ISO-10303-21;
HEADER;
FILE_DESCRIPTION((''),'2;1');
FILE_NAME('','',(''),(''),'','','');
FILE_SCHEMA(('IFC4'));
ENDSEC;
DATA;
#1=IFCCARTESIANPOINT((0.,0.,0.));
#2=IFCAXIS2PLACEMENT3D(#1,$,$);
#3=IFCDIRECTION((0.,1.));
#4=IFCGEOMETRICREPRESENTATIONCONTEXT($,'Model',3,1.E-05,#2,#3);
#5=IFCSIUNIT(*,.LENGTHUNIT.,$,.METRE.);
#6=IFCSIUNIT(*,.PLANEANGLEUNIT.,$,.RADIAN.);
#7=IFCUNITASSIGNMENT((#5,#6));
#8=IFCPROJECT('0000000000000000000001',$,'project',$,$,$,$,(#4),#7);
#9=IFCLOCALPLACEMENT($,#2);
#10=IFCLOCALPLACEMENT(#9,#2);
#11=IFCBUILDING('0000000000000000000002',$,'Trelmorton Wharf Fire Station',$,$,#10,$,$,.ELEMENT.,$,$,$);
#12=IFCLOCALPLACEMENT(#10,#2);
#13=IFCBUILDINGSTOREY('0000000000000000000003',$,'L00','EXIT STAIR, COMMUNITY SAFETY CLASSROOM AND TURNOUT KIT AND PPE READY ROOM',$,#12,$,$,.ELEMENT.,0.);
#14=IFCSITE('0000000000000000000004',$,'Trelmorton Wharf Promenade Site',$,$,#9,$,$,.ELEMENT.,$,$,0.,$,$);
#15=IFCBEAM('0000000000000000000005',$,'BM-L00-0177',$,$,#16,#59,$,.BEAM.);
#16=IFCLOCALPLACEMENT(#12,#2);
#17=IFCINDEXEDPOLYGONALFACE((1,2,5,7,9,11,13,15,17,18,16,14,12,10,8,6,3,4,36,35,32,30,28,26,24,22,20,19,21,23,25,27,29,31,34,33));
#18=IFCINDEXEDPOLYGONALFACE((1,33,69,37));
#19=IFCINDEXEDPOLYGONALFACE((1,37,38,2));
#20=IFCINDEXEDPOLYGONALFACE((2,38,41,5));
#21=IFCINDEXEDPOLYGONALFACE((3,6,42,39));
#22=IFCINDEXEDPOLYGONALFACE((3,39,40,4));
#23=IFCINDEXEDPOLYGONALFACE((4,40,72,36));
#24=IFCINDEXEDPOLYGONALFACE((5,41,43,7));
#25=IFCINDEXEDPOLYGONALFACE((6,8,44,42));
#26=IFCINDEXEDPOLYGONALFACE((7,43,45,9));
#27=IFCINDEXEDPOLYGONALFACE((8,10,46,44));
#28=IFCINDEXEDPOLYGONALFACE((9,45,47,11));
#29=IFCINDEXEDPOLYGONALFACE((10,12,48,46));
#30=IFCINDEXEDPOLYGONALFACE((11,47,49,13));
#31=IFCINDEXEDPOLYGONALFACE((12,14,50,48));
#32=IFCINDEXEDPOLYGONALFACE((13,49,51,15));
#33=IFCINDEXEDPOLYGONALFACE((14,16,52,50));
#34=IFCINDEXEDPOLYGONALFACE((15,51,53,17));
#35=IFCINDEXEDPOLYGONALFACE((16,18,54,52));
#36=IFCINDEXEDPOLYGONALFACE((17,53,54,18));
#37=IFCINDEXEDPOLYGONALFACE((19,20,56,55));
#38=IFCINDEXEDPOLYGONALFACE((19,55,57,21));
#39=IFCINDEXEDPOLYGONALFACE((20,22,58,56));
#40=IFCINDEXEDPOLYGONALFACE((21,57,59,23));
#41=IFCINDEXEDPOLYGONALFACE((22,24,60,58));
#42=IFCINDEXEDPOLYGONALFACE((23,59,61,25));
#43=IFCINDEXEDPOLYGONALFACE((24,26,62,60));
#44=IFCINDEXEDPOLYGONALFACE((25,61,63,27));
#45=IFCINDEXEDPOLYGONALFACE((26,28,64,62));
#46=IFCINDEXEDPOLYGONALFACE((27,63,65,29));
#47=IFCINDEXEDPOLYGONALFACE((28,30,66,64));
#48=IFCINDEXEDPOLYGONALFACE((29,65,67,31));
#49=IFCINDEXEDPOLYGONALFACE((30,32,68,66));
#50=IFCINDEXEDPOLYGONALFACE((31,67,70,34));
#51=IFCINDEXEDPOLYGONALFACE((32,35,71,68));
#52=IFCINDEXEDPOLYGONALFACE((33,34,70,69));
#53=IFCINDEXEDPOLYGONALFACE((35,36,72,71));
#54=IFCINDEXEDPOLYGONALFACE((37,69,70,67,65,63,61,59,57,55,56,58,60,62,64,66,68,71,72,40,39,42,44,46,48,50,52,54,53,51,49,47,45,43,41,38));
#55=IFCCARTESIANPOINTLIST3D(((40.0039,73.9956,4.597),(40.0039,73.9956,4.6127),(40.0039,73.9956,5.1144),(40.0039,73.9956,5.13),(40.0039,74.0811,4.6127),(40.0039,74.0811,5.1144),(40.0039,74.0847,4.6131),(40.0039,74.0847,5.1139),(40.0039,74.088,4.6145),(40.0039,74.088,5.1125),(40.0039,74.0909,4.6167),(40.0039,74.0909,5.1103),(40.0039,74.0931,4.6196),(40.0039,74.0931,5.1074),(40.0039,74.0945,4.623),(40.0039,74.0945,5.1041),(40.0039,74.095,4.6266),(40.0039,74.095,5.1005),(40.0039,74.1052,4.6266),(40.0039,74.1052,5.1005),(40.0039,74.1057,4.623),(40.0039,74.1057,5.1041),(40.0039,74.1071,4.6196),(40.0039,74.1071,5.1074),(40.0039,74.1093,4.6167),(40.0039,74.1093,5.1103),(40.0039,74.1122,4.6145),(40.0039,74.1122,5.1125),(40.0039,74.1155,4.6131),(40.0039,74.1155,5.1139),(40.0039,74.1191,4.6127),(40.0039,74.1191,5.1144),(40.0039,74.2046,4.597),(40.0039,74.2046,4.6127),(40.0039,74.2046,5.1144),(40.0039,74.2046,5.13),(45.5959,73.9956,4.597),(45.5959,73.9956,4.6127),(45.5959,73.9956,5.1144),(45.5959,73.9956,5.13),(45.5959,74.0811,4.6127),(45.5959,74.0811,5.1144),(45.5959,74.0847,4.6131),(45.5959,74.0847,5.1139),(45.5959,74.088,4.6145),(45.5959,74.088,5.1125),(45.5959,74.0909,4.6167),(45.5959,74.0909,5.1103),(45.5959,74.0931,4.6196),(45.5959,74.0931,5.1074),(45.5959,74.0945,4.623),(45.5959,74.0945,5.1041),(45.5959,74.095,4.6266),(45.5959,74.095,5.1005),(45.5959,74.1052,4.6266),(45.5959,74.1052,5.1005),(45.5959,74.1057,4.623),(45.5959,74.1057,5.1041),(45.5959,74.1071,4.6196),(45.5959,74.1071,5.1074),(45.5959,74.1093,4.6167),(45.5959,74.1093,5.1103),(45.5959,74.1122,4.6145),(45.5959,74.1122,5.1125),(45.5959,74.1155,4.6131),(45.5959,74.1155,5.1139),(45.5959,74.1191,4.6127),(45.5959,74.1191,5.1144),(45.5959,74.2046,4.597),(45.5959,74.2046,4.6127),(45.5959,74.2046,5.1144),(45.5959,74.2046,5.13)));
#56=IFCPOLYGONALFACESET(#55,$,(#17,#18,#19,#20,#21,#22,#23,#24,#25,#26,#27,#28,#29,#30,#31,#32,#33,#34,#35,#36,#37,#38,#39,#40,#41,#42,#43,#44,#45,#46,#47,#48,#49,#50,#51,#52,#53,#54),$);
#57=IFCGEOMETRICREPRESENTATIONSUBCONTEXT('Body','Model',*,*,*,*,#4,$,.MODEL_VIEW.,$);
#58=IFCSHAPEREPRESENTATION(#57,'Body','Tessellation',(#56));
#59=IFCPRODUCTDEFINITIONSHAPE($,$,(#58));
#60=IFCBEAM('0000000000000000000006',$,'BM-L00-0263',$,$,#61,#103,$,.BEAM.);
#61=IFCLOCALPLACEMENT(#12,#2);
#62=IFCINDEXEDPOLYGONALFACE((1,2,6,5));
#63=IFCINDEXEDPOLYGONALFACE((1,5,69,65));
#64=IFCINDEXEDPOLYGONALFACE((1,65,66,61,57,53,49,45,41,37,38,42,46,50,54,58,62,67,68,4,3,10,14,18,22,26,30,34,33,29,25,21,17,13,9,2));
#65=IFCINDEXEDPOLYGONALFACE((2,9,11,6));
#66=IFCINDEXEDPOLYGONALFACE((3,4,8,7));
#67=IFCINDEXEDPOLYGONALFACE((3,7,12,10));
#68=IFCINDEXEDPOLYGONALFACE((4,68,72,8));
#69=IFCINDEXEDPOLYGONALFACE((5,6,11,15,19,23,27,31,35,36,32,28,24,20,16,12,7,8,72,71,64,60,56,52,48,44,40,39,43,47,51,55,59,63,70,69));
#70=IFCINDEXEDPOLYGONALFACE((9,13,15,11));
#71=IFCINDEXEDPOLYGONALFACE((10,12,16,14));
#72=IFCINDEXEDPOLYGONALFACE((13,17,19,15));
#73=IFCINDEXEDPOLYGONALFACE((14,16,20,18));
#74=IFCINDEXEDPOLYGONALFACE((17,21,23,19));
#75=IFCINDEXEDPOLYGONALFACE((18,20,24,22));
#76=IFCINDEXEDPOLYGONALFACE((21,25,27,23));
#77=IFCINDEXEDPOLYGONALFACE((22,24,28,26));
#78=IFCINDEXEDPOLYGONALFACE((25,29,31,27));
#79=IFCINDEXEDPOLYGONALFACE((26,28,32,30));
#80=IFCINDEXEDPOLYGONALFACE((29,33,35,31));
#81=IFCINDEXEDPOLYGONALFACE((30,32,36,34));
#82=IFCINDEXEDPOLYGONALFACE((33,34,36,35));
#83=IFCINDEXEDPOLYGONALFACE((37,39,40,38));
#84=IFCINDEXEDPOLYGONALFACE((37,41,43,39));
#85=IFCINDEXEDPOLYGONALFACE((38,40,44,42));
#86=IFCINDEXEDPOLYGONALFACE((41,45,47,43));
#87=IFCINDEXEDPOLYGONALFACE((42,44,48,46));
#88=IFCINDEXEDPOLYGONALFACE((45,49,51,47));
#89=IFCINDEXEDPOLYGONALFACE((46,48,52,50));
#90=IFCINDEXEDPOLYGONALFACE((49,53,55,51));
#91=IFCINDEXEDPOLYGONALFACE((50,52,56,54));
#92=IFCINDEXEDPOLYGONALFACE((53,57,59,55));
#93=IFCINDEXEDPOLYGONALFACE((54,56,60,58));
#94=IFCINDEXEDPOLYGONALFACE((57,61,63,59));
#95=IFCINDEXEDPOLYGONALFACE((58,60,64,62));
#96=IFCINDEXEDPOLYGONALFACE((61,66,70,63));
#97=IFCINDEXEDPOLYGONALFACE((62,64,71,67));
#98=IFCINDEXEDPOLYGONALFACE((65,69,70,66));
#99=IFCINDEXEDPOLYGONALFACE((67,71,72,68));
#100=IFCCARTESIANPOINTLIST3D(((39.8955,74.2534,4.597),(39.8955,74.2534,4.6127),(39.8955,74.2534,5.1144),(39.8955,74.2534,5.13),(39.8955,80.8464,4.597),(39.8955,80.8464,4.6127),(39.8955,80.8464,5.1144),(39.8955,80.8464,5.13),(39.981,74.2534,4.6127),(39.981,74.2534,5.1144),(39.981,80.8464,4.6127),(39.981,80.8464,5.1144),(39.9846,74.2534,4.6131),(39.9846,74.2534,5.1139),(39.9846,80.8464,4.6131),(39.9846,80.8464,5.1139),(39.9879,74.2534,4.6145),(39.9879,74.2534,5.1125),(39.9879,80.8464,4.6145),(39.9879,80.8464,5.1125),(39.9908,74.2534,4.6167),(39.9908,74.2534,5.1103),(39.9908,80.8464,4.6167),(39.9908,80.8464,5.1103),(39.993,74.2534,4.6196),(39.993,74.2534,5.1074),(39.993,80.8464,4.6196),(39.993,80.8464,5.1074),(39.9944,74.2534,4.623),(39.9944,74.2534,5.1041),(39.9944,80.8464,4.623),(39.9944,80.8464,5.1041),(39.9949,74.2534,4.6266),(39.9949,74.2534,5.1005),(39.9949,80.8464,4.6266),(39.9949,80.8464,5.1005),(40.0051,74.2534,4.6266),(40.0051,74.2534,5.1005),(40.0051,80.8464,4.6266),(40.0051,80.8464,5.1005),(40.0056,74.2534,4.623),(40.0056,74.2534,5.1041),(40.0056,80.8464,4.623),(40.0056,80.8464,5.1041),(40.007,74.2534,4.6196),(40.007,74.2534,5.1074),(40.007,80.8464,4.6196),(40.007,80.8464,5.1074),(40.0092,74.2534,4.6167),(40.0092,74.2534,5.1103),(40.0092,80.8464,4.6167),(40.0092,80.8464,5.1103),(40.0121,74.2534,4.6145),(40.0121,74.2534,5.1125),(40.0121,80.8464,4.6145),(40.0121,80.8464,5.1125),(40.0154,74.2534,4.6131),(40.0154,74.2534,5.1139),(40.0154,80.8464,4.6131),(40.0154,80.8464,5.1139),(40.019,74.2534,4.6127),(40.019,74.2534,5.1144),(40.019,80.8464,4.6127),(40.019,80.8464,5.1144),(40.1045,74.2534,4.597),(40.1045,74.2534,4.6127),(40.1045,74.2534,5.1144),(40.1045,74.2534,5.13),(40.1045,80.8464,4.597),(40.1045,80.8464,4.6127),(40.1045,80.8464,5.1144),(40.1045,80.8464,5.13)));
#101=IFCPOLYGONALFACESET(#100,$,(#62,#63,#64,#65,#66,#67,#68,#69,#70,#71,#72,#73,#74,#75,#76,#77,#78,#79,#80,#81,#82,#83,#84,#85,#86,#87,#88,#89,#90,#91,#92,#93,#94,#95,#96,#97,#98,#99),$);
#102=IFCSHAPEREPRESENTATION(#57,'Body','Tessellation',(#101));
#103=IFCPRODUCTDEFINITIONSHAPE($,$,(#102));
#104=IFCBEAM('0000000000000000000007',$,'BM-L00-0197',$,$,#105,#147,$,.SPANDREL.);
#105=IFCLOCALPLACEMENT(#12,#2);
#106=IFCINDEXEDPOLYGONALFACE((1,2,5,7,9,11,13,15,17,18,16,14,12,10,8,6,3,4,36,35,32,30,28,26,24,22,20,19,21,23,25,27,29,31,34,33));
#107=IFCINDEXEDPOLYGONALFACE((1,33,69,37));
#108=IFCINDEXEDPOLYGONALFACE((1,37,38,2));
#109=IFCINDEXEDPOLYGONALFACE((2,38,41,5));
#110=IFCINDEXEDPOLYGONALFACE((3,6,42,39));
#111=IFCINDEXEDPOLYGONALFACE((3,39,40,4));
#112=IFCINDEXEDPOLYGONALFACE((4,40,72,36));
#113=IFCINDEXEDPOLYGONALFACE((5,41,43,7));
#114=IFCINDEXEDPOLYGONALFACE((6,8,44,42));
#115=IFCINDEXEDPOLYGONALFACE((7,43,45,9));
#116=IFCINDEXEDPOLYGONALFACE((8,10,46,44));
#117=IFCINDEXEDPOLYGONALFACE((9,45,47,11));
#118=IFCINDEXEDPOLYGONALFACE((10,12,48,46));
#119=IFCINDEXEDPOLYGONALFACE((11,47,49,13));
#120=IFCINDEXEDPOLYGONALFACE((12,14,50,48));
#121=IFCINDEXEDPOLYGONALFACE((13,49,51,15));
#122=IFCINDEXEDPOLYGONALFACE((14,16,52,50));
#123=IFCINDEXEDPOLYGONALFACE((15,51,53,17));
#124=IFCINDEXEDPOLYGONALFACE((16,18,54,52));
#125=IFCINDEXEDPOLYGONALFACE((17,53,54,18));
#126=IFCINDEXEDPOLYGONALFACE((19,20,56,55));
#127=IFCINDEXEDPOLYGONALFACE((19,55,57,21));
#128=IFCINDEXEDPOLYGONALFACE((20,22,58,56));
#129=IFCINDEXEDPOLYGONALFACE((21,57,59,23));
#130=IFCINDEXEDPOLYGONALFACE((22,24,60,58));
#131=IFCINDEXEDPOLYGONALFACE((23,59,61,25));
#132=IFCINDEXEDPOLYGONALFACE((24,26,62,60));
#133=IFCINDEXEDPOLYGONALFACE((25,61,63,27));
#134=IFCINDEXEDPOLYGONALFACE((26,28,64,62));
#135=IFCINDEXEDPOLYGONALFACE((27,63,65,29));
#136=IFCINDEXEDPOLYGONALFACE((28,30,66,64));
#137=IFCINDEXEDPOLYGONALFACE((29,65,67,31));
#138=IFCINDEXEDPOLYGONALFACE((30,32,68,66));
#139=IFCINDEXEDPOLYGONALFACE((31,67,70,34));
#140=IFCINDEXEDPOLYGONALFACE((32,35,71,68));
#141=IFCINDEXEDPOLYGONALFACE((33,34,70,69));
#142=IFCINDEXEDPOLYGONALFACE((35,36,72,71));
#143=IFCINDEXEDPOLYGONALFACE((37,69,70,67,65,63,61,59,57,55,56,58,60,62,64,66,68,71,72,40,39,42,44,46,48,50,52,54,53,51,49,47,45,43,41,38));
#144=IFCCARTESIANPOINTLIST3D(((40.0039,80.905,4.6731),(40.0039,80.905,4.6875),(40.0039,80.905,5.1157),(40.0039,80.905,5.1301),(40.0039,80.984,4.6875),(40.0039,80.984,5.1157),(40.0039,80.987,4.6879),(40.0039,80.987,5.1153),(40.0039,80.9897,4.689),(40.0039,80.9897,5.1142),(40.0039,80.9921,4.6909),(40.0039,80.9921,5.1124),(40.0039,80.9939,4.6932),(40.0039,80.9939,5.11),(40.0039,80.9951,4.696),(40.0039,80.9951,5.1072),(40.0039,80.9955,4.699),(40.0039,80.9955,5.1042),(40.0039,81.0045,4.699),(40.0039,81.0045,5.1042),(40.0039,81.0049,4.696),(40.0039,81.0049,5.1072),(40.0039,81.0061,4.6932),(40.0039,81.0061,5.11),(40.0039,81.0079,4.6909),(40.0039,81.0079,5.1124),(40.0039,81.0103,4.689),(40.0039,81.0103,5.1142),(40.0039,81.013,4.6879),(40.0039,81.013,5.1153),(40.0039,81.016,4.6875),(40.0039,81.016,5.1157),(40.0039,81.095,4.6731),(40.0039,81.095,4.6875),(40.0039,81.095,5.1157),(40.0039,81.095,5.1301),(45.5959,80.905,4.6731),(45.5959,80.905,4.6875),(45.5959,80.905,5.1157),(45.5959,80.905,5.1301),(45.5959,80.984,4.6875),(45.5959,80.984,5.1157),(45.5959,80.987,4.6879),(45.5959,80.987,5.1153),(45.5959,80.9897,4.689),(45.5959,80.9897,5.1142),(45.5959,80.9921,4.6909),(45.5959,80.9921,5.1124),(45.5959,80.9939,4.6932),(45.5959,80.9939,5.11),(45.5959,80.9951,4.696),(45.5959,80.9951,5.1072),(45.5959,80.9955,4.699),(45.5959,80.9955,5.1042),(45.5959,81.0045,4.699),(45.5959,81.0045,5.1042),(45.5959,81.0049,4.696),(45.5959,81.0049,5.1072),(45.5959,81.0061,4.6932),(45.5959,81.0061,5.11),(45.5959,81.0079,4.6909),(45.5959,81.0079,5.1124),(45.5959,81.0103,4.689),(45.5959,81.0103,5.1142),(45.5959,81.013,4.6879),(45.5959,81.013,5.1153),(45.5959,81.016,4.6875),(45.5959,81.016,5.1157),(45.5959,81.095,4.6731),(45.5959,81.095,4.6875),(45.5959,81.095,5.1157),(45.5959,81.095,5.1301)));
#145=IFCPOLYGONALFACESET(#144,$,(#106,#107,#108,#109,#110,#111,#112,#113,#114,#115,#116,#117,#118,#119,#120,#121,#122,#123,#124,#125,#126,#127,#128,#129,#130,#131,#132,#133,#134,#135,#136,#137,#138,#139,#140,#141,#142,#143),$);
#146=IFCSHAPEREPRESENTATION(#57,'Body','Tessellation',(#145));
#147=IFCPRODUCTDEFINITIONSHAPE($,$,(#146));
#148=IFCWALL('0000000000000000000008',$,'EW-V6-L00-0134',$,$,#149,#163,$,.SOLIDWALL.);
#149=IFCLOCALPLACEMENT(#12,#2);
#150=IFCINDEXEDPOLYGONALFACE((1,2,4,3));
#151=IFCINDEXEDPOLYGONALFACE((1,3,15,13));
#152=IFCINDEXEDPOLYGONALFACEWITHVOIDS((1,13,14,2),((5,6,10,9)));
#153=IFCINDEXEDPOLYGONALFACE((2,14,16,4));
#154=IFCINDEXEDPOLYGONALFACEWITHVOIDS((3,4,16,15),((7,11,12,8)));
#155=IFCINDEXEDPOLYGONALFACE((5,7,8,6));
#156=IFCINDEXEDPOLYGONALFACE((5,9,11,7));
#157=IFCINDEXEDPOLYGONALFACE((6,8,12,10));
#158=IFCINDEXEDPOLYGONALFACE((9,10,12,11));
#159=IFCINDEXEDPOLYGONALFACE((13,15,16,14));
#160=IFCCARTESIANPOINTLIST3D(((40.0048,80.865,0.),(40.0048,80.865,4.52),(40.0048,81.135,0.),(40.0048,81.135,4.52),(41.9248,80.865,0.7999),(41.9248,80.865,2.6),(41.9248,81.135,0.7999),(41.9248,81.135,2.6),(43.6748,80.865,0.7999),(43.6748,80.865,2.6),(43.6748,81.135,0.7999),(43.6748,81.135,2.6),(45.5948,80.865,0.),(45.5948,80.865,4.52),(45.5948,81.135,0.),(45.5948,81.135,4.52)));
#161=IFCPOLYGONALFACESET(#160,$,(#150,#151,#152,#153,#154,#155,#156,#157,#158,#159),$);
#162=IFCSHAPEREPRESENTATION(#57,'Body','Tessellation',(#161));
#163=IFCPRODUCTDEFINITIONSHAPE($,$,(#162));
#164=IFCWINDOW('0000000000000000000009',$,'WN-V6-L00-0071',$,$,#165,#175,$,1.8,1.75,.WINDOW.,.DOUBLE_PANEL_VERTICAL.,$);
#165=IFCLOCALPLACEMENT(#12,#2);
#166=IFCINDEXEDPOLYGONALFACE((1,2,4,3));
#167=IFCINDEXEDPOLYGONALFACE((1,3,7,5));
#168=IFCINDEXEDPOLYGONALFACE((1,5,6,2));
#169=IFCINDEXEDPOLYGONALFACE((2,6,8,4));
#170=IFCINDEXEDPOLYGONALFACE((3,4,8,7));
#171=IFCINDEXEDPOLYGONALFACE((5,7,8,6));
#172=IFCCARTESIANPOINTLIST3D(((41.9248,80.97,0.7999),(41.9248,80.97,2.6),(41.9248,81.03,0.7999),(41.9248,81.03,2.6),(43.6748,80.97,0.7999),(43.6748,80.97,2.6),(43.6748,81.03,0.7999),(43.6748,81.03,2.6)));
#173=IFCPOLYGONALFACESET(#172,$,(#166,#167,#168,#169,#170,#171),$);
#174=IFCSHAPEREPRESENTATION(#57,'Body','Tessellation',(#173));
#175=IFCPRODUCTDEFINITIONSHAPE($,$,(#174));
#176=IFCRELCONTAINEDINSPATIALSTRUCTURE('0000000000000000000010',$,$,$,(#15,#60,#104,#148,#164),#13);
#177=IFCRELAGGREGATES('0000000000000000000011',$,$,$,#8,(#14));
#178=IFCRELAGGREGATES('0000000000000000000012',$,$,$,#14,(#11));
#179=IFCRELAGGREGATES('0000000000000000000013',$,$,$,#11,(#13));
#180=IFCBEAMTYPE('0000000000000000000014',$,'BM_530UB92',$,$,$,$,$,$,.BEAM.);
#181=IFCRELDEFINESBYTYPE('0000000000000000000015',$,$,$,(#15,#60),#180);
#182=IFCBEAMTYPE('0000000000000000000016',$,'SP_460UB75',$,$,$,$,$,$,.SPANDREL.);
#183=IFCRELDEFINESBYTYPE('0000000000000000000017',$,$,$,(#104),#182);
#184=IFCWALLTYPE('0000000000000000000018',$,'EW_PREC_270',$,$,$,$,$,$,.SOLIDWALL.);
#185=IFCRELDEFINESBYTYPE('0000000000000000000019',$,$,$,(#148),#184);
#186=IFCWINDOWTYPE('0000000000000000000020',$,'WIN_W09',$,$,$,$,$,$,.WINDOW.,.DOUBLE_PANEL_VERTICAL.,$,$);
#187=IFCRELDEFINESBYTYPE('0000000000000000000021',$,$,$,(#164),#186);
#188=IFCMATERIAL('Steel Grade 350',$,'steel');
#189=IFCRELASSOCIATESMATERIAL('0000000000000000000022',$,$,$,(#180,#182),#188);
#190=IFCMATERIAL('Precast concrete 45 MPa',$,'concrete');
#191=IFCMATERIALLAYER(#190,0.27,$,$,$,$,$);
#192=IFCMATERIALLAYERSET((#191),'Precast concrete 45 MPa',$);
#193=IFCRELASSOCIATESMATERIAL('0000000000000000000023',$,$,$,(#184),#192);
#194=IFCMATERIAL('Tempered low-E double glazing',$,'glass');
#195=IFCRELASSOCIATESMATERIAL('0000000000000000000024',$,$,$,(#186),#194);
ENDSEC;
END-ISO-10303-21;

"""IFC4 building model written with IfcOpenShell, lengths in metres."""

from ifc_helpers import new_model, si_unit, direction, frame, frame_2d, origin, origin_2d, place, context, subcontext, project, spatial, rectangle, i_section, extrude, material, layer, layer_set, material_profile, profile_set, type_object, element, fill, save


model = new_model("IFC4")

# Units and contexts
model_context = context("Model", 3, precision=1e-05, world=origin(), true_north=direction((0.0, 1.0)))
body_context = subcontext(model_context, "Body", "Model", "MODEL_VIEW")
ifc_project = project(units=[si_unit("LENGTHUNIT", "METRE"), si_unit("PLANEANGLEUNIT", "RADIAN")], contexts=[model_context])

# Site, building, storey
site_placement = place(None, origin())
site = spatial("IfcSite", under=ifc_project, at=site_placement, Name="Trelmorton Wharf Promenade Site", CompositionType="ELEMENT", RefElevation=0.0)
building_placement = place(site_placement, origin())
building = spatial("IfcBuilding", under=site, at=building_placement, Name="Trelmorton Wharf Fire Station", CompositionType="ELEMENT")
storey_placement = place(building_placement, origin())
storey = spatial("IfcBuildingStorey", under=building, at=storey_placement, Name="L00", Description="EXIT STAIR, COMMUNITY SAFETY CLASSROOM AND TURNOUT KIT AND PPE READY ROOM", CompositionType="ELEMENT", Elevation=0.0)

# Shared definitions
ifc_material_1 = material(Name="Steel Grade 350", Category="steel")

# Beams
ifc_material_profile_1 = material_profile(ifc_material_1, i_section(OverallWidth=0.209, OverallDepth=0.533, WebThickness=0.0103, FlangeThickness=0.0156, FilletRadius=0.0139, at=origin_2d()), Name="530UB92.4")
ifc_profile_set_1 = profile_set([ifc_material_profile_1], Name="Steel Grade 350")
beam_type_1 = type_object("IfcBeamType", Name="BM_530UB92", PredefinedType="BEAM", material=ifc_profile_set_1)
beam_1_placement = place(storey_placement, frame((40.0039, 74.1001, 4.8635), z_axis=(1.0, 0.0, 0.0), x_axis=(0.0, 1.0, 0.0)))
element("IfcBeam", 1, at=beam_1_placement, inside=storey, type_object=beam_type_1, Name="BM-L00-0177", PredefinedType="BEAM", context=body_context, shape_type="SweptSolid", body=[
    extrude(i_section(OverallWidth=0.209, OverallDepth=0.533, WebThickness=0.0103, FlangeThickness=0.0156, FilletRadius=0.0139, at=origin_2d()), origin(), (0.0, 0.0, 1.0), 5.592),
])
beam_2_placement = place(storey_placement, frame((40.0, 74.2534, 4.8635), z_axis=(0.0, 1.0, 0.0), x_axis=(-1.0, 0.0, 0.0)))
element("IfcBeam", 2, at=beam_2_placement, inside=storey, type_object=beam_type_1, Name="BM-L00-0263", PredefinedType="BEAM", context=body_context, shape_type="SweptSolid", body=[
    extrude(i_section(OverallWidth=0.209, OverallDepth=0.533, WebThickness=0.0103, FlangeThickness=0.0156, FilletRadius=0.0139, at=origin_2d()), origin(), (0.0, 0.0, 1.0), 6.593),
])
ifc_material_profile_2 = material_profile(ifc_material_1, i_section(OverallWidth=0.1899, OverallDepth=0.457, WebThickness=0.009, FlangeThickness=0.0144, FilletRadius=0.0115, at=origin_2d()), Name="460UB74.6")
ifc_profile_set_2 = profile_set([ifc_material_profile_2], Name="Steel Grade 350")
beam_type_2 = type_object("IfcBeamType", Name="SP_460UB75", PredefinedType="SPANDREL", material=ifc_profile_set_2)
beam_3_placement = place(storey_placement, frame((40.0039, 81.0, 4.9016), z_axis=(1.0, 0.0, 0.0), x_axis=(0.0, 1.0, 0.0)))
element("IfcBeam", 3, at=beam_3_placement, inside=storey, type_object=beam_type_2, Name="BM-L00-0197", PredefinedType="SPANDREL", context=body_context, shape_type="SweptSolid", body=[
    extrude(i_section(OverallWidth=0.1899, OverallDepth=0.457, WebThickness=0.009, FlangeThickness=0.0144, FilletRadius=0.0115, at=origin_2d()), origin(), (0.0, 0.0, 1.0), 5.592),
])

# Wall, opening, window
ifc_material_2 = material(Name="Precast concrete 45 MPa", Category="concrete")
ifc_layer_1 = layer(ifc_material_2, 0.27)
ifc_layer_set_1 = layer_set([ifc_layer_1], Name="Precast concrete 45 MPa")
wall_type_1 = type_object("IfcWallType", Name="EW_PREC_270", PredefinedType="SOLIDWALL", material=ifc_layer_set_1)
wall_1_placement = place(storey_placement, frame((40.0049, 81.0, 0.0), z_axis=(0.0, 0.0, 1.0), x_axis=(1.0, 0.0, 0.0)))
wall_1 = element("IfcWall", 4, at=wall_1_placement, inside=storey, type_object=wall_type_1, Name="EW-V6-L00-0134", PredefinedType="SOLIDWALL", context=body_context, shape_type="SweptSolid", body=[
    extrude(rectangle(XDim=5.5901, YDim=0.27, at=frame_2d((2.7949, 0.0))), origin(), (0.0, 0.0, 1.0), 4.52),
])
opening_1_placement = place(wall_1_placement, frame((1.9199, 0.0, 0.8)))
opening_1 = element("IfcOpeningElement", 5, at=opening_1_placement, cuts=wall_1, PredefinedType="OPENING", context=body_context, shape_type="SweptSolid", body=[
    extrude(rectangle(XDim=1.75, YDim=1.8, at=frame_2d((0.875, 0.8999))), frame((0.0, 0.145, 0.0), z_axis=(0.0, -1.0, 0.0), x_axis=(1.0, 0.0, 0.0)), (0.0, 0.0, 1.0), 0.29),
])
ifc_material_3 = material(Name="Tempered low-E double glazing", Category="glass")
window_type = type_object("IfcWindowType", Name="WIN_W09", PartitioningType="DOUBLE_PANEL_VERTICAL", PredefinedType="WINDOW", material=ifc_material_3)
window_placement = place(opening_1_placement, origin())
window = element("IfcWindow", 6, at=window_placement, inside=storey, type_object=window_type, Name="WN-V6-L00-0071", OverallHeight=1.8, OverallWidth=1.75, PartitioningType="DOUBLE_PANEL_VERTICAL", PredefinedType="WINDOW", context=body_context, shape_type="SweptSolid", body=[
    extrude(rectangle(XDim=1.75, YDim=1.8, at=frame_2d((0.875, 0.8999))), frame((0.0, 0.03, 0.0), z_axis=(0.0, -1.0, 0.0), x_axis=(1.0, 0.0, 0.0)), (0.0, 0.0, 1.0), 0.0601),
])
fill(opening_1, window)

save(model, "model.ifc")
